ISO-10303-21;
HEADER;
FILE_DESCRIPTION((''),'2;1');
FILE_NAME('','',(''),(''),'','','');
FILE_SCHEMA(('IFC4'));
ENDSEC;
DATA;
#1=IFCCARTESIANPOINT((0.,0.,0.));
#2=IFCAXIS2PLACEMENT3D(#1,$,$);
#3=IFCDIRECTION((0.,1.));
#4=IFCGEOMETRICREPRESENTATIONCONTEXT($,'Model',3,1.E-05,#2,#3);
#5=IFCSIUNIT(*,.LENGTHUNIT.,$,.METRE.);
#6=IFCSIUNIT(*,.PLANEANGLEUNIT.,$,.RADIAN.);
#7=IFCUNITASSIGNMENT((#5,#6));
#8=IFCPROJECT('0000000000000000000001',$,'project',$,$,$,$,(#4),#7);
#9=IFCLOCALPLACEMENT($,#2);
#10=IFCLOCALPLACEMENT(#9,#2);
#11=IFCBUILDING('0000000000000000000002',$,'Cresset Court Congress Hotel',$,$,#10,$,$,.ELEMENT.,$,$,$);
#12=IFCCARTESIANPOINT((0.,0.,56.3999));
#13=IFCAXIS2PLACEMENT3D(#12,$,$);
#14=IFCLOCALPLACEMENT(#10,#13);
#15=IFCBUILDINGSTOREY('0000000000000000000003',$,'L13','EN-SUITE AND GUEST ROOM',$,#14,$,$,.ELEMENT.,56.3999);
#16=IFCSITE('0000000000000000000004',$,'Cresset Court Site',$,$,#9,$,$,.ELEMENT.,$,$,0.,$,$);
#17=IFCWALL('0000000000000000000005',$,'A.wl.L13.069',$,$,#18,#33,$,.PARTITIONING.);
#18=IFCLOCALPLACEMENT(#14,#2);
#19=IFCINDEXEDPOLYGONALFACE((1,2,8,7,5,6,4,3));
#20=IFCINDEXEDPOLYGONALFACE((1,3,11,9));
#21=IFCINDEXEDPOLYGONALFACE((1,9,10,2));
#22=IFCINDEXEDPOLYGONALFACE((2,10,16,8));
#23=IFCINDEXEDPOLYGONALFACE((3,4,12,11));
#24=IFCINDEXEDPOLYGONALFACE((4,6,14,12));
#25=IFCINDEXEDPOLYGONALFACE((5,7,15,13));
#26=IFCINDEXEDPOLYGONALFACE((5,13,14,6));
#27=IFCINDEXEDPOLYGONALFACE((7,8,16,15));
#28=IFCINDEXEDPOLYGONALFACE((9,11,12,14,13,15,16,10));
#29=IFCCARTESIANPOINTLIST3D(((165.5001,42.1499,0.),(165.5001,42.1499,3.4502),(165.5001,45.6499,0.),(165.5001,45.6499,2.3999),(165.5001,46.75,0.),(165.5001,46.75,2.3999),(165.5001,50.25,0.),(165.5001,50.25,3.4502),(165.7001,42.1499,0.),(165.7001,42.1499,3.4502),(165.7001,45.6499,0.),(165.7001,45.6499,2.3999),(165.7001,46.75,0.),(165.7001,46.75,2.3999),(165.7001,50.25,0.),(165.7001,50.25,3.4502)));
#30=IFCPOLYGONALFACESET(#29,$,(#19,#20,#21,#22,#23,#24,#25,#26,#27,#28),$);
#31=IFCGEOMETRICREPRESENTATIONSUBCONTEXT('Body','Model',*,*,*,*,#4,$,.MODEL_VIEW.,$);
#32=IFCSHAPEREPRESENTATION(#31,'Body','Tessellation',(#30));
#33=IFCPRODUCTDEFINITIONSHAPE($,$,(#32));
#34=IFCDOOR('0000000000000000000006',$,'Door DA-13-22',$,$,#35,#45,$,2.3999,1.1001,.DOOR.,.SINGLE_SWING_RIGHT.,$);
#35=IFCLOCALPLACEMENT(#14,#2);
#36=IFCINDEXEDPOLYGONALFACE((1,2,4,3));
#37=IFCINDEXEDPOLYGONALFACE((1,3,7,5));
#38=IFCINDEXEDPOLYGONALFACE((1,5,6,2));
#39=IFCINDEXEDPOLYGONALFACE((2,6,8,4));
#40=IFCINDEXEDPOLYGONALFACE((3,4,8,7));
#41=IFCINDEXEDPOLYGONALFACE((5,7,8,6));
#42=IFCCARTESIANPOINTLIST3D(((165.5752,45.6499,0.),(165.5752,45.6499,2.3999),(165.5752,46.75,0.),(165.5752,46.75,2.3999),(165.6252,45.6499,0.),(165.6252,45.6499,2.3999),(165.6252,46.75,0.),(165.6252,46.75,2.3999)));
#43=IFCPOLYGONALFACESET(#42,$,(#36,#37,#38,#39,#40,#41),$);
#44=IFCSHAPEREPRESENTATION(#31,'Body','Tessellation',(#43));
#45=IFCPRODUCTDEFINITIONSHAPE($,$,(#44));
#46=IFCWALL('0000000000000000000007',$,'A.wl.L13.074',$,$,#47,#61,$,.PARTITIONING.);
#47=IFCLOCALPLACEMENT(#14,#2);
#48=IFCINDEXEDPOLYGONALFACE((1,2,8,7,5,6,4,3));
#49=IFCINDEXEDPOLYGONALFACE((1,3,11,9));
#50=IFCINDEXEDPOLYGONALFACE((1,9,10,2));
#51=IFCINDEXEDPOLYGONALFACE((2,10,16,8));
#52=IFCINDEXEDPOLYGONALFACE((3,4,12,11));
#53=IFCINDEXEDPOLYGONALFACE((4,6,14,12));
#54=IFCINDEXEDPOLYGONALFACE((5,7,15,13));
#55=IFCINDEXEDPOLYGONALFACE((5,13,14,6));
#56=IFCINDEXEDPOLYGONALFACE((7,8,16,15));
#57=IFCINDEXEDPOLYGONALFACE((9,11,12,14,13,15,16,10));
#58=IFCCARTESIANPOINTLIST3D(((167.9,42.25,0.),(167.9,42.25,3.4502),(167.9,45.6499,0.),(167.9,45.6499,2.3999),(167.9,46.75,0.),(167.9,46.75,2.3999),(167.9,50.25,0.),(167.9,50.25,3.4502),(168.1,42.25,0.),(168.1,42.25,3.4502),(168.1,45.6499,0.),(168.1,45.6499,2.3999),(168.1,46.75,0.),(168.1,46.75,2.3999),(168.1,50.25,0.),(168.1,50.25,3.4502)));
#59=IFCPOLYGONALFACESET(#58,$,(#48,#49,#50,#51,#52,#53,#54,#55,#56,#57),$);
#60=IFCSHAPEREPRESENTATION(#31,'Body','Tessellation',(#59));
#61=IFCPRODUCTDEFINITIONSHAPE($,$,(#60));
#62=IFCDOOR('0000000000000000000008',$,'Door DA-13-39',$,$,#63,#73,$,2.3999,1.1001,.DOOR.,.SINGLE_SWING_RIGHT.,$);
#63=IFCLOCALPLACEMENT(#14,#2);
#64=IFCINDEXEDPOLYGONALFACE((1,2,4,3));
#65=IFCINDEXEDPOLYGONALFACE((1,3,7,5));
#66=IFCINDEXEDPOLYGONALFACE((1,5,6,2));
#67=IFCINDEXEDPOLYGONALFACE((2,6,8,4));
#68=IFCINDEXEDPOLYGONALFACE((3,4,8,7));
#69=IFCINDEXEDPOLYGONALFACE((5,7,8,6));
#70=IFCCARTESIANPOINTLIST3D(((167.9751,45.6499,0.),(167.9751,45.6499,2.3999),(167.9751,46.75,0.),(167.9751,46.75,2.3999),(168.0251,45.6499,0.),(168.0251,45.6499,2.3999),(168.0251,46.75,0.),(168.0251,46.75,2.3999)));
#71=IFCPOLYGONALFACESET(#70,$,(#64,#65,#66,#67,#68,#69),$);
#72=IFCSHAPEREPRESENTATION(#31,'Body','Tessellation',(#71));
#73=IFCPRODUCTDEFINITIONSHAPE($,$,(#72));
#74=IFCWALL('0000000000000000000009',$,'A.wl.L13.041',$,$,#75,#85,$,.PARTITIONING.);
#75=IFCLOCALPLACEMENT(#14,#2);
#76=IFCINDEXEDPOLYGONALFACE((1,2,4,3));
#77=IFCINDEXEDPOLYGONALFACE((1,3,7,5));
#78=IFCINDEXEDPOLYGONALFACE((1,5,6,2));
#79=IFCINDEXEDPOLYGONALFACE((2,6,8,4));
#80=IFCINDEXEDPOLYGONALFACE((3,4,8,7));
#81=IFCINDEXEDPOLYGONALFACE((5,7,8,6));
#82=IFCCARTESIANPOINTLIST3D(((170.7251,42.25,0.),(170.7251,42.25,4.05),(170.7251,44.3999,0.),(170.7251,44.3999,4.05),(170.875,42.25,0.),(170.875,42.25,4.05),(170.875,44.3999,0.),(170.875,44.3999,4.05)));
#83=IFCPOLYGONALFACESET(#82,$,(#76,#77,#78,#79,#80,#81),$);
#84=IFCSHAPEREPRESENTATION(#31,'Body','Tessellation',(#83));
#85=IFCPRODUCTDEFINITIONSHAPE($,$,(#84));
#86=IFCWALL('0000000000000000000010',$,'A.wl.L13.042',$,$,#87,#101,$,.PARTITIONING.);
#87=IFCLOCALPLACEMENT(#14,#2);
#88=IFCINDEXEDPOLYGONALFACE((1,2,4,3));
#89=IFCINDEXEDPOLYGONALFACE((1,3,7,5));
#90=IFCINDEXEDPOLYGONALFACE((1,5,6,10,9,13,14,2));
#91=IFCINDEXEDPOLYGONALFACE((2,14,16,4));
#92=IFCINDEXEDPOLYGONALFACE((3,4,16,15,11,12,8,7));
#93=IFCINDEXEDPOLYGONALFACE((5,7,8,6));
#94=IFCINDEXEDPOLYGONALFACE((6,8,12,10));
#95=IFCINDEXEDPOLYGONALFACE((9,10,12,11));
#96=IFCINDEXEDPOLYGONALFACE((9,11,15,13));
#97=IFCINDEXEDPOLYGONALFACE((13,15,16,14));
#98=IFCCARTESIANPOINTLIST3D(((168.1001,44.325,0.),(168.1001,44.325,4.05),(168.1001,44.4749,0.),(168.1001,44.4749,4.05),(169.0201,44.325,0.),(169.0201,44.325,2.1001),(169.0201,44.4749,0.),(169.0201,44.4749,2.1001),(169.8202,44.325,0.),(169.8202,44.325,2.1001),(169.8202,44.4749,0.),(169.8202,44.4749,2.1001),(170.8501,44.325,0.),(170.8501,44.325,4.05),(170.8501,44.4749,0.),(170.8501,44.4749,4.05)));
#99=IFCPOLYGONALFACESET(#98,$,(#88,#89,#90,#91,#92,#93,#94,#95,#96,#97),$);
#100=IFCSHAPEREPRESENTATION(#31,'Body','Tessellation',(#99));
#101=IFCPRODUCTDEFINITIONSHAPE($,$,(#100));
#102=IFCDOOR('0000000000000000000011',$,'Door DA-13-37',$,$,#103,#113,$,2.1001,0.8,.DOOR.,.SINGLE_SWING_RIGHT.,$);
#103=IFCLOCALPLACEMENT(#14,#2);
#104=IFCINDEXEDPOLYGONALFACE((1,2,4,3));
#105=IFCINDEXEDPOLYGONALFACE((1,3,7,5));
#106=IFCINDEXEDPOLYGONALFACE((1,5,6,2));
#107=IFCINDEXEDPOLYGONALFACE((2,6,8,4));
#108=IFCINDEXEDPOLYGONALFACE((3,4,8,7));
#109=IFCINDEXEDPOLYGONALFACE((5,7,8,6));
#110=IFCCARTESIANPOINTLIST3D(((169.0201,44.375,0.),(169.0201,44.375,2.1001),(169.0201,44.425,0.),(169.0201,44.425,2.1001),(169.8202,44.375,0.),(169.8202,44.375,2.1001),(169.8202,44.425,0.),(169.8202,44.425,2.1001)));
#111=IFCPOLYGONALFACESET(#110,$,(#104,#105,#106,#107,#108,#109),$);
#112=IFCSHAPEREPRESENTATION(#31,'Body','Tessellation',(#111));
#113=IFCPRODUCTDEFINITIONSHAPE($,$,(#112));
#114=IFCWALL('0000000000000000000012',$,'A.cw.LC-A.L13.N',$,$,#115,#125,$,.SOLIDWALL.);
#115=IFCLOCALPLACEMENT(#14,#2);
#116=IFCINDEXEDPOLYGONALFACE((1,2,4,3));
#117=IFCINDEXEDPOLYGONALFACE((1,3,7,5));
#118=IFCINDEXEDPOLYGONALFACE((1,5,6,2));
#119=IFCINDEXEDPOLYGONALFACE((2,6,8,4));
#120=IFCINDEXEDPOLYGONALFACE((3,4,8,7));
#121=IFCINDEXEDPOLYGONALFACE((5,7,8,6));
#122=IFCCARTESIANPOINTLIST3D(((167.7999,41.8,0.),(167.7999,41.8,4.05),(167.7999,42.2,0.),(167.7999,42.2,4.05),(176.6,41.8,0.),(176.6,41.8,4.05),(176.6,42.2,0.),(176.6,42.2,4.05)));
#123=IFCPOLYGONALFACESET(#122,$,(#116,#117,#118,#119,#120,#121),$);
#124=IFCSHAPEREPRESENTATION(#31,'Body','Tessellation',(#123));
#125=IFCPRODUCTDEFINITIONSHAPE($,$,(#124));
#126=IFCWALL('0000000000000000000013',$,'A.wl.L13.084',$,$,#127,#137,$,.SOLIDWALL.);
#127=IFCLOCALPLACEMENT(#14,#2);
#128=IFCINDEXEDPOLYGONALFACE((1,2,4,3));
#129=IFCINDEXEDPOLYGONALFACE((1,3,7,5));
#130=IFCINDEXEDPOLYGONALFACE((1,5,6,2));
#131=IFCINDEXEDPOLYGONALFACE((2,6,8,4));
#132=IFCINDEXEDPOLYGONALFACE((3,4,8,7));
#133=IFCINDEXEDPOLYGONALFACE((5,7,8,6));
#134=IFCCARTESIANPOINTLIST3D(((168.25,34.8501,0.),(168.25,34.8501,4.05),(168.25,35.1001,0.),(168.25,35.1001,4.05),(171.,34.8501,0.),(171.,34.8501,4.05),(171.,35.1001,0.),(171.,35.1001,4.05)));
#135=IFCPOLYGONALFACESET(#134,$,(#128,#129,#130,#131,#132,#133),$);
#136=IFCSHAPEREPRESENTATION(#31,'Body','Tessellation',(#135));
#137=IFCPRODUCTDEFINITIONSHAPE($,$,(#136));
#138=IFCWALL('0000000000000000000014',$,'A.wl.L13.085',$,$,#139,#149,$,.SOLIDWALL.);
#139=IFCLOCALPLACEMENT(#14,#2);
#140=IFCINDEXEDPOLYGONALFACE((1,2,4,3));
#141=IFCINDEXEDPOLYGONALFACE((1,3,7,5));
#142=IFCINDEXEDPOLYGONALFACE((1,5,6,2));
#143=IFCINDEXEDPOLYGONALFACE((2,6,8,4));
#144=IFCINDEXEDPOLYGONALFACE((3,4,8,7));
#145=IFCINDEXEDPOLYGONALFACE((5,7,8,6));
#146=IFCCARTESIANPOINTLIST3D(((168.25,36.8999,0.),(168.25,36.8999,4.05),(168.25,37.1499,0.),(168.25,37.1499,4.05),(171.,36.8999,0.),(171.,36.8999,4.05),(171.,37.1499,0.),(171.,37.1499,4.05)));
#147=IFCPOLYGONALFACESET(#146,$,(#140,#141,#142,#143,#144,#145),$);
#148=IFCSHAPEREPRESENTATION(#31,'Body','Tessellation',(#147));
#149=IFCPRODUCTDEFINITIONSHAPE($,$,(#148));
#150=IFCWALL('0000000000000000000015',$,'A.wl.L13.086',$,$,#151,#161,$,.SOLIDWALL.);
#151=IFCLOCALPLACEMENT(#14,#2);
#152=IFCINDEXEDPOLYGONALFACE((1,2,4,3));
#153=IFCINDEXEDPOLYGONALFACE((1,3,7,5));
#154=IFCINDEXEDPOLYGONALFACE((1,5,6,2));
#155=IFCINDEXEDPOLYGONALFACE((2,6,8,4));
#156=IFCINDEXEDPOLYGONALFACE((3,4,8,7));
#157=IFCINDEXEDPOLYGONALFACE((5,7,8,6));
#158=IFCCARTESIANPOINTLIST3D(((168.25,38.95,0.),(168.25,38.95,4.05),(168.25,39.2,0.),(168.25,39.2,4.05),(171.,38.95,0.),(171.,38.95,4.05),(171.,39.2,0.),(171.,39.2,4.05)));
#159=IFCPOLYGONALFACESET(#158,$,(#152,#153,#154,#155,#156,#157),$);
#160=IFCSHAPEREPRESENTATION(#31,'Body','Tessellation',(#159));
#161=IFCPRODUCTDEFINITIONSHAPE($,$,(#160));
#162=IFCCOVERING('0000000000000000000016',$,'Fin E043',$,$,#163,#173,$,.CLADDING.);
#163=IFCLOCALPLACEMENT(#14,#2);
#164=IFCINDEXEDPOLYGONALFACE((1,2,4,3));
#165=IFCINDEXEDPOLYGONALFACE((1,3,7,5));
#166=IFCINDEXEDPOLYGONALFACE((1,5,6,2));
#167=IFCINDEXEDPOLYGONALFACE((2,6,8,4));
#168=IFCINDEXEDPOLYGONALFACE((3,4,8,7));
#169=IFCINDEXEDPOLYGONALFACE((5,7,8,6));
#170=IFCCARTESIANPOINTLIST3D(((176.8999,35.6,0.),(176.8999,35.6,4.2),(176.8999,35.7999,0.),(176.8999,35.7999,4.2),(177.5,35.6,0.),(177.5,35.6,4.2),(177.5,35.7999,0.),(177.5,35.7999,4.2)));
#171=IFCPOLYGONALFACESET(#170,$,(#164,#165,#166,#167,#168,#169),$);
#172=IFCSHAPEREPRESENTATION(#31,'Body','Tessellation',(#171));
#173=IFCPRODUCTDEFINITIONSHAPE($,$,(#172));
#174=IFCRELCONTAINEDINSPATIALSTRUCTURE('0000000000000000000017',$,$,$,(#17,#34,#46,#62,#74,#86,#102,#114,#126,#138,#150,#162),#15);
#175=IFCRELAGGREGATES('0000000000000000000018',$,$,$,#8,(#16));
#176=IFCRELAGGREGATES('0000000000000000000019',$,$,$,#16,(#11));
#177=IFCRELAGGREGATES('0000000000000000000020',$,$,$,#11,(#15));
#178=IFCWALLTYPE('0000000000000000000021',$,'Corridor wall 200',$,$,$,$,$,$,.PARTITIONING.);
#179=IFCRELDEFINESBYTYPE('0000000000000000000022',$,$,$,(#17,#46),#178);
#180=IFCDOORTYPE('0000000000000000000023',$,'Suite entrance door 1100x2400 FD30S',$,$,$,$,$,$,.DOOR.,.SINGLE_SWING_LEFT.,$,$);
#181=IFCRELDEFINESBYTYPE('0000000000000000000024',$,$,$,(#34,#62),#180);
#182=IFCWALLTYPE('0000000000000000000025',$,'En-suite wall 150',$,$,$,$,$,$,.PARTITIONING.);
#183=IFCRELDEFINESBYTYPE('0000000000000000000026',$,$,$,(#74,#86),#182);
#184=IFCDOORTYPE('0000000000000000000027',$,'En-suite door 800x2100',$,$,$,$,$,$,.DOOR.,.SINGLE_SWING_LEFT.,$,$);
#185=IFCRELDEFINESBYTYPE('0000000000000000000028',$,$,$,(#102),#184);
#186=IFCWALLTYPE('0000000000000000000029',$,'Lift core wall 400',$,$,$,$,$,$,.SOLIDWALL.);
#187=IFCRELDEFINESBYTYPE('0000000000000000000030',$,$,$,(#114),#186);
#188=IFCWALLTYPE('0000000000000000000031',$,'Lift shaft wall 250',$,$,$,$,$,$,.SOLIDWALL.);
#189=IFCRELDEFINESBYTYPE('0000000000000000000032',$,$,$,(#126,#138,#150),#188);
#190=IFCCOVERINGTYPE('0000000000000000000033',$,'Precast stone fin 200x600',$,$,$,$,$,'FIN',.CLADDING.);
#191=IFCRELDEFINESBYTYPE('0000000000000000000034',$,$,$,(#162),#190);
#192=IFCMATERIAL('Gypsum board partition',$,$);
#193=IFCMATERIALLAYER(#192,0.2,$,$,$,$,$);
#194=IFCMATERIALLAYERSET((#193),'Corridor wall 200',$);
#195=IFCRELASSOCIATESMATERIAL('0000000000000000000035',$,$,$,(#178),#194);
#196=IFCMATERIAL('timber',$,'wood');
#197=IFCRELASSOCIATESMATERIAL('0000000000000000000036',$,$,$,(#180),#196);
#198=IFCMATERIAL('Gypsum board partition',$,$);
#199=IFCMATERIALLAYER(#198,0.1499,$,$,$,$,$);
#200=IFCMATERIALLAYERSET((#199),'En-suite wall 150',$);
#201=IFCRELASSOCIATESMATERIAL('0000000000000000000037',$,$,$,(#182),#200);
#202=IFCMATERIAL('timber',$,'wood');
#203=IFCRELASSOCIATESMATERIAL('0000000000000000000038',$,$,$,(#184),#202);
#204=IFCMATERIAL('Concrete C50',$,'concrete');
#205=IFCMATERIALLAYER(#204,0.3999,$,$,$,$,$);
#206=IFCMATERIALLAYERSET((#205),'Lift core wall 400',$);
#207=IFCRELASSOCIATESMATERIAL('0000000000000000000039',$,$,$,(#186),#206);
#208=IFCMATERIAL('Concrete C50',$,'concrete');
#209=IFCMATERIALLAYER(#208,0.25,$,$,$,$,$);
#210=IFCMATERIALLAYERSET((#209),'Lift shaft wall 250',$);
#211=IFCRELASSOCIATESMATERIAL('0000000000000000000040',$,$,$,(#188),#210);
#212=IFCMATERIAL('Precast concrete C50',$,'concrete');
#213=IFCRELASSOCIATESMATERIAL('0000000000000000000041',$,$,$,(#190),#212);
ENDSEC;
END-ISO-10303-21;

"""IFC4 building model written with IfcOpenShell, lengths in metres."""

from ifc_helpers import new_model, si_unit, direction, frame, frame_2d, origin, origin_2d, place, context, subcontext, project, spatial, rectangle, extrude, material, layer, layer_set, type_object, element, fill, save


model = new_model("IFC4")

# Units and contexts
model_context = context("Model", 3, precision=1e-05, world=origin(), true_north=direction((0.0, 1.0)))
body_context = subcontext(model_context, "Body", "Model", "MODEL_VIEW")
ifc_project = project(units=[si_unit("LENGTHUNIT", "METRE"), si_unit("PLANEANGLEUNIT", "RADIAN")], contexts=[model_context])

# Site, building, storey
site_placement = place(None, origin())
site = spatial("IfcSite", under=ifc_project, at=site_placement, Name="Cresset Court Site", CompositionType="ELEMENT", RefElevation=0.0)
building_placement = place(site_placement, origin())
building = spatial("IfcBuilding", under=site, at=building_placement, Name="Cresset Court Congress Hotel", CompositionType="ELEMENT")
storey_placement = place(building_placement, frame((0.0, 0.0, 56.3999)))
storey = spatial("IfcBuildingStorey", under=building, at=storey_placement, Name="L13", Description="EN-SUITE AND GUEST ROOM", CompositionType="ELEMENT", Elevation=56.3999)

# Walls, openings, doors
ifc_material_1 = material(Name="Gypsum board partition")
ifc_layer_1 = layer(ifc_material_1, 0.2)
ifc_layer_set_1 = layer_set([ifc_layer_1], Name="Corridor wall 200")
wall_type_1 = type_object("IfcWallType", Name="Corridor wall 200", PredefinedType="PARTITIONING", material=ifc_layer_set_1)
wall_1_placement = place(storey_placement, frame((165.6001, 42.1499, 0.0), z_axis=(0.0, 0.0, 1.0), x_axis=(0.0, 1.0, 0.0)))
wall_1 = element("IfcWall", 1, at=wall_1_placement, inside=storey, type_object=wall_type_1, Name="A.wl.L13.069", PredefinedType="PARTITIONING", context=body_context, shape_type="SweptSolid", body=[
    extrude(rectangle(XDim=8.1001, YDim=0.2, at=frame_2d((4.05, 0.0))), origin(), (0.0, 0.0, 1.0), 3.4502),
])
opening_1_placement = place(wall_1_placement, frame((3.5, 0.0, 0.0)))
opening_1 = element("IfcOpeningElement", 2, at=opening_1_placement, cuts=wall_1, PredefinedType="OPENING", context=body_context, shape_type="SweptSolid", body=[
    extrude(rectangle(XDim=1.1001, YDim=2.3999, at=frame_2d((0.55, 1.2))), frame((0.0, 0.1099, 0.0), z_axis=(0.0, -1.0, 0.0), x_axis=(1.0, 0.0, 0.0)), (0.0, 0.0, 1.0), 0.22),
])
ifc_material_2 = material(Name="timber", Category="wood")
door_type_1 = type_object("IfcDoorType", Name="Suite entrance door 1100x2400 FD30S", OperationType="SINGLE_SWING_LEFT", PredefinedType="DOOR", material=ifc_material_2)
door_1_placement = place(opening_1_placement, origin())
door_1 = element("IfcDoor", 3, at=door_1_placement, inside=storey, type_object=door_type_1, Name="Door DA-13-22", OperationType="SINGLE_SWING_RIGHT", OverallHeight=2.3999, OverallWidth=1.1001, PredefinedType="DOOR", context=body_context, shape_type="SweptSolid", body=[
    extrude(rectangle(XDim=1.1001, YDim=2.3999, at=frame_2d((0.55, 1.2))), frame((0.0, 0.0249, 0.0), z_axis=(0.0, -1.0, 0.0), x_axis=(1.0, 0.0, 0.0)), (0.0, 0.0, 1.0), 0.05),
])
fill(opening_1, door_1)
wall_2_placement = place(storey_placement, frame((168.0, 42.25, 0.0), z_axis=(0.0, 0.0, 1.0), x_axis=(0.0, 1.0, 0.0)))
wall_2 = element("IfcWall", 4, at=wall_2_placement, inside=storey, type_object=wall_type_1, Name="A.wl.L13.074", PredefinedType="PARTITIONING", context=body_context, shape_type="SweptSolid", body=[
    extrude(rectangle(XDim=8.0, YDim=0.2, at=frame_2d((4.0, 0.0))), origin(), (0.0, 0.0, 1.0), 3.4502),
])
opening_2_placement = place(wall_2_placement, frame((3.3999, 0.0, 0.0)))
opening_2 = element("IfcOpeningElement", 5, at=opening_2_placement, cuts=wall_2, PredefinedType="OPENING", context=body_context, shape_type="SweptSolid", body=[
    extrude(rectangle(XDim=1.1001, YDim=2.3999, at=frame_2d((0.55, 1.2))), frame((0.0, 0.1099, 0.0), z_axis=(0.0, -1.0, 0.0), x_axis=(1.0, 0.0, 0.0)), (0.0, 0.0, 1.0), 0.22),
])
door_2_placement = place(opening_2_placement, origin())
door_2 = element("IfcDoor", 6, at=door_2_placement, inside=storey, type_object=door_type_1, Name="Door DA-13-39", OperationType="SINGLE_SWING_RIGHT", OverallHeight=2.3999, OverallWidth=1.1001, PredefinedType="DOOR", context=body_context, shape_type="SweptSolid", body=[
    extrude(rectangle(XDim=1.1001, YDim=2.3999, at=frame_2d((0.55, 1.2))), frame((0.0, 0.0249, 0.0), z_axis=(0.0, -1.0, 0.0), x_axis=(1.0, 0.0, 0.0)), (0.0, 0.0, 1.0), 0.05),
])
fill(opening_2, door_2)

# Wall
ifc_material_3 = material(Name="Gypsum board partition")
ifc_layer_2 = layer(ifc_material_3, 0.1499)
ifc_layer_set_2 = layer_set([ifc_layer_2], Name="En-suite wall 150")
wall_type_2 = type_object("IfcWallType", Name="En-suite wall 150", PredefinedType="PARTITIONING", material=ifc_layer_set_2)
wall_3_placement = place(storey_placement, frame((170.8, 42.25, 0.0), z_axis=(0.0, 0.0, 1.0), x_axis=(0.0, 1.0, 0.0)))
element("IfcWall", 7, at=wall_3_placement, inside=storey, type_object=wall_type_2, Name="A.wl.L13.041", PredefinedType="PARTITIONING", context=body_context, shape_type="SweptSolid", body=[
    extrude(rectangle(XDim=2.1499, YDim=0.1499, at=frame_2d((1.075, 0.0))), origin(), (0.0, 0.0, 1.0), 4.05),
])

# Wall, opening, door
wall_4_placement = place(storey_placement, frame((170.8501, 44.3999, 0.0), z_axis=(0.0, 0.0, 1.0), x_axis=(-1.0, 0.0, 0.0)))
wall_4 = element("IfcWall", 8, at=wall_4_placement, inside=storey, type_object=wall_type_2, Name="A.wl.L13.042", PredefinedType="PARTITIONING", context=body_context, shape_type="SweptSolid", body=[
    extrude(rectangle(XDim=2.75, YDim=0.1499, at=frame_2d((1.375, 0.0))), origin(), (0.0, 0.0, 1.0), 4.05),
])
opening_3_placement = place(wall_4_placement, frame((1.03, 0.0, 0.0)))
opening_3 = element("IfcOpeningElement", 9, at=opening_3_placement, cuts=wall_4, PredefinedType="OPENING", context=body_context, shape_type="SweptSolid", body=[
    extrude(rectangle(XDim=0.8, YDim=2.1001, at=frame_2d((0.3999, 1.05))), frame((0.0, 0.085, 0.0), z_axis=(0.0, -1.0, 0.0), x_axis=(1.0, 0.0, 0.0)), (0.0, 0.0, 1.0), 0.1699),
])
ifc_material_4 = material(Name="timber", Category="wood")
door_type_2 = type_object("IfcDoorType", Name="En-suite door 800x2100", OperationType="SINGLE_SWING_LEFT", PredefinedType="DOOR", material=ifc_material_4)
door_3_placement = place(opening_3_placement, origin())
door_3 = element("IfcDoor", 10, at=door_3_placement, inside=storey, type_object=door_type_2, Name="Door DA-13-37", OperationType="SINGLE_SWING_RIGHT", OverallHeight=2.1001, OverallWidth=0.8, PredefinedType="DOOR", context=body_context, shape_type="SweptSolid", body=[
    extrude(rectangle(XDim=0.8, YDim=2.1001, at=frame_2d((0.3999, 1.05))), frame((0.0, 0.0249, 0.0), z_axis=(0.0, -1.0, 0.0), x_axis=(1.0, 0.0, 0.0)), (0.0, 0.0, 1.0), 0.05),
])
fill(opening_3, door_3)

# Walls
ifc_material_5 = material(Name="Concrete C50", Category="concrete")
ifc_layer_3 = layer(ifc_material_5, 0.3999)
ifc_layer_set_3 = layer_set([ifc_layer_3], Name="Lift core wall 400")
wall_type_3 = type_object("IfcWallType", Name="Lift core wall 400", PredefinedType="SOLIDWALL", material=ifc_layer_set_3)
wall_5_placement = place(storey_placement, frame((167.8, 42.0, 0.0), z_axis=(0.0, 0.0, 1.0), x_axis=(1.0, 0.0, 0.0)))
element("IfcWall", 11, at=wall_5_placement, inside=storey, type_object=wall_type_3, Name="A.cw.LC-A.L13.N", PredefinedType="SOLIDWALL", context=body_context, shape_type="SweptSolid", body=[
    extrude(rectangle(XDim=8.8, YDim=0.3999, at=frame_2d((4.3999, 0.0))), origin(), (0.0, 0.0, 1.0), 4.05),
])
ifc_material_6 = material(Name="Concrete C50", Category="concrete")
ifc_layer_4 = layer(ifc_material_6, 0.25)
ifc_layer_set_4 = layer_set([ifc_layer_4], Name="Lift shaft wall 250")
wall_type_4 = type_object("IfcWallType", Name="Lift shaft wall 250", PredefinedType="SOLIDWALL", material=ifc_layer_set_4)
for number, where, z_axis, x_axis, name in (
    (12, (168.25, 34.9751, 0.0), (0.0, 0.0, 1.0), (1.0, 0.0, 0.0), "A.wl.L13.084"),
    (13, (168.25, 37.0249, 0.0), (0.0, 0.0, 1.0), (1.0, 0.0, 0.0), "A.wl.L13.085"),
    (14, (168.25, 39.075, 0.0), (0.0, 0.0, 1.0), (1.0, 0.0, 0.0), "A.wl.L13.086"),
):
    element("IfcWall", number, at=place(storey_placement, frame(where, z_axis=z_axis, x_axis=x_axis)), inside=storey, type_object=wall_type_4, Name=name, PredefinedType="SOLIDWALL", context=body_context, shape_type="SweptSolid", body=[
        extrude(rectangle(XDim=2.75, YDim=0.25, at=frame_2d((1.375, 0.0))), origin(), (0.0, 0.0, 1.0), 4.05),
    ])

# Covering
ifc_material_7 = material(Name="Precast concrete C50", Category="concrete")
covering_type_1 = type_object("IfcCoveringType", Name="Precast stone fin 200x600", ElementType="FIN", PredefinedType="CLADDING", material=ifc_material_7)
for number, where, z_axis, x_axis, name in (
    (15, (177.2, 35.7, 0.0), (0.0, 0.0, 1.0), (1.0, 0.0, 0.0), "Fin E043"),
):
    element("IfcCovering", number, at=place(storey_placement, frame(where, z_axis=z_axis, x_axis=x_axis)), inside=storey, type_object=covering_type_1, Name=name, PredefinedType="CLADDING", context=body_context, shape_type="SweptSolid", body=[
        extrude(rectangle(XDim=0.6001, YDim=0.2, at=origin_2d()), origin(), (0.0, 0.0, 1.0), 4.2),
    ])

save(model, "model.ifc")
